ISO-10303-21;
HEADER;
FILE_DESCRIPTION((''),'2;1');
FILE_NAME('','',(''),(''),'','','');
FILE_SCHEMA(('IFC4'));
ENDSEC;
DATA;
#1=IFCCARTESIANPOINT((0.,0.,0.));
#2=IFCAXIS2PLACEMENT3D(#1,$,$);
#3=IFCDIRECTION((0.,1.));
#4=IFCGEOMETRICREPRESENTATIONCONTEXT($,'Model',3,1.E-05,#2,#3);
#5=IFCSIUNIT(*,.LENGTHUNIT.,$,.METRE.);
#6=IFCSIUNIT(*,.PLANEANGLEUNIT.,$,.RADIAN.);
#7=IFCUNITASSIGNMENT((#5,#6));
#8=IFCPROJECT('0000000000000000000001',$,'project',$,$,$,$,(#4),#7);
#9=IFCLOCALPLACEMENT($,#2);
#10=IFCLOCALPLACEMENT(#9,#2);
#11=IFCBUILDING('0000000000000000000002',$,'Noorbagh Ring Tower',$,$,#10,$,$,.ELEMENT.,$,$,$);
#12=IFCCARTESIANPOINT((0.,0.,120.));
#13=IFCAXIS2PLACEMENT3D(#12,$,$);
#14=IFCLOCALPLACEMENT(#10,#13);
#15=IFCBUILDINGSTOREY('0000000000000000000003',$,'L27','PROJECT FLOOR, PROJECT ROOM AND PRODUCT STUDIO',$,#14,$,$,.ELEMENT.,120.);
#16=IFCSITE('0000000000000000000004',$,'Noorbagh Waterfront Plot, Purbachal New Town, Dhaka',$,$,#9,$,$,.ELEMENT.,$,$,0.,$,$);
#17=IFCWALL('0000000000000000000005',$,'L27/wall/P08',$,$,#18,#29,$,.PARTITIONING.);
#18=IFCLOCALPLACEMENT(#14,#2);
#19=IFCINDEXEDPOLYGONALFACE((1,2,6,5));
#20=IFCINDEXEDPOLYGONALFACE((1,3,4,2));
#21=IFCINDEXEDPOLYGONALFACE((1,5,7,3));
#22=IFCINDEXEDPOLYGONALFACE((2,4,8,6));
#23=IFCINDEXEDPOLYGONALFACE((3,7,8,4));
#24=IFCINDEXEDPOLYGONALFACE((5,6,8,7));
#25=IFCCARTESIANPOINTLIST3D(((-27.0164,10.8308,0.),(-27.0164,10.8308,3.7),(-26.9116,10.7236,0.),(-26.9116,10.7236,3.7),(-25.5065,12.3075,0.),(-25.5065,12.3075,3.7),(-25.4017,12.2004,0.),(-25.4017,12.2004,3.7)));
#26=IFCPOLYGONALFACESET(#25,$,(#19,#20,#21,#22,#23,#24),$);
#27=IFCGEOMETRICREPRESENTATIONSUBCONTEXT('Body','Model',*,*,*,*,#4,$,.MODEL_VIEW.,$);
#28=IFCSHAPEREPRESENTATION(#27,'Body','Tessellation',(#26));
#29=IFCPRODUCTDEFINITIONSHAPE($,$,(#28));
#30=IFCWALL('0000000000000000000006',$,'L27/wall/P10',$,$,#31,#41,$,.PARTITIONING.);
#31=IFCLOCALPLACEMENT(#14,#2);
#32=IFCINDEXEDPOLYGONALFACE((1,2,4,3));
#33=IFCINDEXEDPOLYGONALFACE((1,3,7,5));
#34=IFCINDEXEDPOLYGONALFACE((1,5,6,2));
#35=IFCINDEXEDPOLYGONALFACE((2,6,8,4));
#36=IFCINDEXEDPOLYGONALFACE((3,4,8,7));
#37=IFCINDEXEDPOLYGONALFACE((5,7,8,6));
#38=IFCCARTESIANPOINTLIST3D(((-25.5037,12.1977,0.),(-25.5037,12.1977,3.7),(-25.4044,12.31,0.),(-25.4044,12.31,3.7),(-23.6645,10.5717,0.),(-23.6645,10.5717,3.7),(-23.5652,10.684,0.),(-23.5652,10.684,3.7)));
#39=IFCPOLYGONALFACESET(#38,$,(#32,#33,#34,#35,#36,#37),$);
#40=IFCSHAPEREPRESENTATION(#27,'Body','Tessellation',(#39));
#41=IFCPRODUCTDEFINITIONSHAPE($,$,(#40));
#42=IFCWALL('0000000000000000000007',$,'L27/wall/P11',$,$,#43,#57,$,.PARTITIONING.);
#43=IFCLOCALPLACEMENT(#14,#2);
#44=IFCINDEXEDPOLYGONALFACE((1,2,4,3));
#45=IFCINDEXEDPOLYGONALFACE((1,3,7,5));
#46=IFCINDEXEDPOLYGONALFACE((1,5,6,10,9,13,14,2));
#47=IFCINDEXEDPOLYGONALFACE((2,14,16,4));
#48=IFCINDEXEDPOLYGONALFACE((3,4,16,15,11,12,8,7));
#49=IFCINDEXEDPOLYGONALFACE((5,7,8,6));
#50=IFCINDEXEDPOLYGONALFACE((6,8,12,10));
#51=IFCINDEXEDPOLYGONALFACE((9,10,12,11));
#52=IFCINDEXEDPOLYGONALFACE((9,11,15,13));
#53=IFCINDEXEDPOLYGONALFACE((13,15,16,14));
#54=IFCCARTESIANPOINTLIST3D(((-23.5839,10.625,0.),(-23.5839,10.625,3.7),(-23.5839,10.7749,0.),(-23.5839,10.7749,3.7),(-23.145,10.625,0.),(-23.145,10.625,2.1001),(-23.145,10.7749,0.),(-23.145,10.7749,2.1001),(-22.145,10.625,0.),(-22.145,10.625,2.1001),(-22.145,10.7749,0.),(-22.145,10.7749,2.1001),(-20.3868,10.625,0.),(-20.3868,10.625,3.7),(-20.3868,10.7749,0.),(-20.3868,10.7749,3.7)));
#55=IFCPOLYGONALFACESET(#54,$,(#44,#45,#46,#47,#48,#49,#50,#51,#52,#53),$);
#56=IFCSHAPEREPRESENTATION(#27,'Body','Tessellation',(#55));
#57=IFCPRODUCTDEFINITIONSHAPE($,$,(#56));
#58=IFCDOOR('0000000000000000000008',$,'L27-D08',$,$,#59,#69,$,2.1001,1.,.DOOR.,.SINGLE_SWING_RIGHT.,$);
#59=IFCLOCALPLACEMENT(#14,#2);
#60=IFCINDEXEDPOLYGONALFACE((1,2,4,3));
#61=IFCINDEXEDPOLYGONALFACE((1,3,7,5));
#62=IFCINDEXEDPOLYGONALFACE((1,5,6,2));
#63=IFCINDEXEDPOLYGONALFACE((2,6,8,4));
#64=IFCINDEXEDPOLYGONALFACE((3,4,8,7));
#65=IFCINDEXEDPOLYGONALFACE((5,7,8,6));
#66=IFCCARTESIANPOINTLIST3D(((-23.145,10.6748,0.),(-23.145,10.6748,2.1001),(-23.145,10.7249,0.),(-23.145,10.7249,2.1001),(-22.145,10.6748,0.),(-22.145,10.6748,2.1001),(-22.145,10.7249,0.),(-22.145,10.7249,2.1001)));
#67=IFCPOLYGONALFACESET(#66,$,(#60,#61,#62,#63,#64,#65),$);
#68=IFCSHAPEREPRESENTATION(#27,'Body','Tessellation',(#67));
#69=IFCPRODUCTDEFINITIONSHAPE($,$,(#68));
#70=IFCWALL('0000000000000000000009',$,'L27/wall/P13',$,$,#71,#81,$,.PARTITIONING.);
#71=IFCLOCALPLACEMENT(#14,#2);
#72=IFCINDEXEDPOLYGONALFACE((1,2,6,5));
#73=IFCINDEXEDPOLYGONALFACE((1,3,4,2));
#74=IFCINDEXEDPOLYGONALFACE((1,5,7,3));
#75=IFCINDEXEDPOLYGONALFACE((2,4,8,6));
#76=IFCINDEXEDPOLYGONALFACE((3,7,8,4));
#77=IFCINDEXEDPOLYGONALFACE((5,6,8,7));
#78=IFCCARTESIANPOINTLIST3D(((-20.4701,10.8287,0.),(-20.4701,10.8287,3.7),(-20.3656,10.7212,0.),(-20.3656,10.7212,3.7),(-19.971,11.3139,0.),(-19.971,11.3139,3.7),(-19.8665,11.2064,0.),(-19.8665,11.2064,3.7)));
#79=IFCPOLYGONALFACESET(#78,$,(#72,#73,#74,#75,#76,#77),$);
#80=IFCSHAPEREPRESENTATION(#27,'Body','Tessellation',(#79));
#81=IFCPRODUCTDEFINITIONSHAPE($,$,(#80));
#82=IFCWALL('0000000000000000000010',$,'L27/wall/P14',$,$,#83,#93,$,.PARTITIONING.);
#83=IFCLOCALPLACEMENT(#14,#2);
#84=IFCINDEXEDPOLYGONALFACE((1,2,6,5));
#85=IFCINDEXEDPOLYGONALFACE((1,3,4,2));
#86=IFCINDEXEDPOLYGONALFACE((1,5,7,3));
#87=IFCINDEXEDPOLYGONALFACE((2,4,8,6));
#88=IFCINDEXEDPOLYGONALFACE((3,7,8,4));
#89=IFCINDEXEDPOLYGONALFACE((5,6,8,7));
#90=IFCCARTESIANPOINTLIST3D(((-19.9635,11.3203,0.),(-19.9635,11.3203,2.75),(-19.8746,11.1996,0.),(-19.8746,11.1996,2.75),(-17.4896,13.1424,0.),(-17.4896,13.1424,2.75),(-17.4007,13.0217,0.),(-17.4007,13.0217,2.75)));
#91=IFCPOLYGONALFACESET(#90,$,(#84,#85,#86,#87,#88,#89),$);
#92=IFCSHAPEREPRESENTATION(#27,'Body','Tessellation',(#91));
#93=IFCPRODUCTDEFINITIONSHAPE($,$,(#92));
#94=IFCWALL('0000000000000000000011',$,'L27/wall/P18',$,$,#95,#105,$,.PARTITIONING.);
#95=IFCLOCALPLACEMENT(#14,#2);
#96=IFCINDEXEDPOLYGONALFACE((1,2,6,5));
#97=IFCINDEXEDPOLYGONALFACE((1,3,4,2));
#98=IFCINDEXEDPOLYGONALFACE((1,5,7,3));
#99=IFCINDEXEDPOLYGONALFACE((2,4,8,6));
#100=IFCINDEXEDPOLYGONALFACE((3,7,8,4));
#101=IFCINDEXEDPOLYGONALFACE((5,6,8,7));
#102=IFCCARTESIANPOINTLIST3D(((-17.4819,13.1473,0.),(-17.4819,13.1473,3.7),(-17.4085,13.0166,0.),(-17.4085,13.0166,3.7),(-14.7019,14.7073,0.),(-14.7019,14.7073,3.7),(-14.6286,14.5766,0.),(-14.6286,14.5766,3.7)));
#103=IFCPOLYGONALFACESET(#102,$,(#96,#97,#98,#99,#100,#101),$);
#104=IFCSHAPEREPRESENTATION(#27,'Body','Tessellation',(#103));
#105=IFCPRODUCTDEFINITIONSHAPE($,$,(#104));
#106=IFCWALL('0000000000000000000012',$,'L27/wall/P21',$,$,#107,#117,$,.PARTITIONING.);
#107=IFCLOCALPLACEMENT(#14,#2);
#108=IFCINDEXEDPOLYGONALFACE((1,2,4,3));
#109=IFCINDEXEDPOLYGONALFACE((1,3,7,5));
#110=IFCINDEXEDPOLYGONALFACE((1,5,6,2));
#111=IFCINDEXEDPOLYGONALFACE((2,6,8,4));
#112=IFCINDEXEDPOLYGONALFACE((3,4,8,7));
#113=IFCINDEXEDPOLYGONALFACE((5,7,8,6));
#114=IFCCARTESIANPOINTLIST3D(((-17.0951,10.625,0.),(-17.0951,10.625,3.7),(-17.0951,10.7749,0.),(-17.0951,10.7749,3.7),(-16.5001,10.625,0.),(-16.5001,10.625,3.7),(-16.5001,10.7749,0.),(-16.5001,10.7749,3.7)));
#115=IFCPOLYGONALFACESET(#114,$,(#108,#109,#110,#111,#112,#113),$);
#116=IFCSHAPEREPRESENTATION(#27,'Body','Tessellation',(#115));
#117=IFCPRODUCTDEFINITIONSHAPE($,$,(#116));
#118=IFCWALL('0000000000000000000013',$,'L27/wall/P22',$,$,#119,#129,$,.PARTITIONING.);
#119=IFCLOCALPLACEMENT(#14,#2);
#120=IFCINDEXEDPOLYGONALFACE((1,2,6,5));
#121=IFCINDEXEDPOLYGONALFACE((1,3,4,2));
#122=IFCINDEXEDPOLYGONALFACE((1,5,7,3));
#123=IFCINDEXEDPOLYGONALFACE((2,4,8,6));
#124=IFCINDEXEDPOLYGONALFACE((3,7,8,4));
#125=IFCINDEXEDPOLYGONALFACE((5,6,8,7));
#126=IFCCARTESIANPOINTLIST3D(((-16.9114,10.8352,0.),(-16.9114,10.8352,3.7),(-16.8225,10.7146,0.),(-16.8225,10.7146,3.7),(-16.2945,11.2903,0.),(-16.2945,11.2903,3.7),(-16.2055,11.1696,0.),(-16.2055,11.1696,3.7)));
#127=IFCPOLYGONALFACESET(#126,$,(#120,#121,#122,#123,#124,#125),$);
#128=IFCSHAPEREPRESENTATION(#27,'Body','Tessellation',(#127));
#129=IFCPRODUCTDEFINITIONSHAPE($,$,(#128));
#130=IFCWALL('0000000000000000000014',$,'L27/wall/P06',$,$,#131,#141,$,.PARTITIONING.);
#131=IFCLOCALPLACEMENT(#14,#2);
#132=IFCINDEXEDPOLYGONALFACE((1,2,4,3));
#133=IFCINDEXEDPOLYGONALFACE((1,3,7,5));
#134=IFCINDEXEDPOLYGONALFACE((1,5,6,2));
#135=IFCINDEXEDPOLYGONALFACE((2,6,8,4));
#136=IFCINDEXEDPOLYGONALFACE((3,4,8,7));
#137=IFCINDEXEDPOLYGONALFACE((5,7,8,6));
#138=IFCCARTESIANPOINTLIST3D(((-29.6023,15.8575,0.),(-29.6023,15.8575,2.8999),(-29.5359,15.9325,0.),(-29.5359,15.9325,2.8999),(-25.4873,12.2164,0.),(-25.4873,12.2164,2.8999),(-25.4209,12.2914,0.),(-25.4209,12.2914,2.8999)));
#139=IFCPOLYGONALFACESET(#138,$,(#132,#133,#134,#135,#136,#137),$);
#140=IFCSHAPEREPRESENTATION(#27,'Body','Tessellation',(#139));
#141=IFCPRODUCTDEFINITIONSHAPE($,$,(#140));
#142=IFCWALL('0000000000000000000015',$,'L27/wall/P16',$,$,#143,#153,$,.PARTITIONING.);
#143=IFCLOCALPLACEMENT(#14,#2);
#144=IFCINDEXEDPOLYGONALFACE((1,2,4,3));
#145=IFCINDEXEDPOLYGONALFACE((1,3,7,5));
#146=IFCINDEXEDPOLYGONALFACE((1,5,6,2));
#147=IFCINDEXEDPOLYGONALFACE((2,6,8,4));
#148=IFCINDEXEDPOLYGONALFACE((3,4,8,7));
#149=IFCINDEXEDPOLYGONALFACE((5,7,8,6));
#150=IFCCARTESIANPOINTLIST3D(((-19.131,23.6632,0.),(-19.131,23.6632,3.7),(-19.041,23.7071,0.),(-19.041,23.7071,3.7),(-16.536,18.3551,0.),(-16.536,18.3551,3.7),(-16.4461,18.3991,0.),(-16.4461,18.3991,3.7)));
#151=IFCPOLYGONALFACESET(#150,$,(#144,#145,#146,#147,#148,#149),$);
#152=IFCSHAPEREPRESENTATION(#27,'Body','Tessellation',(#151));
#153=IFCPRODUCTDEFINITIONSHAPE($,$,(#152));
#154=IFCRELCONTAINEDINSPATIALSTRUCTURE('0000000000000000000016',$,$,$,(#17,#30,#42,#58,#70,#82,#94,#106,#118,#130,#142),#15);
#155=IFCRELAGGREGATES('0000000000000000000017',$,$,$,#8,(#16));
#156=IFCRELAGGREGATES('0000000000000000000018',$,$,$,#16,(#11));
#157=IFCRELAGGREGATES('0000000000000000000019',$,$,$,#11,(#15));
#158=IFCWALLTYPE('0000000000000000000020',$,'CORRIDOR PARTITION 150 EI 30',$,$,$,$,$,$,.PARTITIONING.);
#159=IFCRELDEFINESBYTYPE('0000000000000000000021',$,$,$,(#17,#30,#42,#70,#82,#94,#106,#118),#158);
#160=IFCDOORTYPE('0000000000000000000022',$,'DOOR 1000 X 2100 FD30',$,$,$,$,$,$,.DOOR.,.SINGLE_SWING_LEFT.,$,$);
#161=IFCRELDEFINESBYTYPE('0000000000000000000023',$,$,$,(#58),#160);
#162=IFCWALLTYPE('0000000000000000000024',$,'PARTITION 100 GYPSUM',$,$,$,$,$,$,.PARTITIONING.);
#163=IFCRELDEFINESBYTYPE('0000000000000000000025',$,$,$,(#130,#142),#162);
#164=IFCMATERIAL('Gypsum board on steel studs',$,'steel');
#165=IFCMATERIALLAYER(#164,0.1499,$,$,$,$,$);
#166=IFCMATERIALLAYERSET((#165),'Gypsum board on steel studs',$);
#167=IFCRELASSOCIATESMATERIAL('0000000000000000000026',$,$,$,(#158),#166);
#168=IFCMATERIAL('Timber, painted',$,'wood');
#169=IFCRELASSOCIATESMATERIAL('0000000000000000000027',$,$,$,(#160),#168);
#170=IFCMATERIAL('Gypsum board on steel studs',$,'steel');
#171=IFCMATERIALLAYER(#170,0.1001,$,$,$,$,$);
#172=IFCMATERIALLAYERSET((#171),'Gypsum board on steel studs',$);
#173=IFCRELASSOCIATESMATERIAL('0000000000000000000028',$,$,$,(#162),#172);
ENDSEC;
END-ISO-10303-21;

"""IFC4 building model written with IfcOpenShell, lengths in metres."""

from ifc_helpers import new_model, si_unit, direction, frame, frame_2d, origin, place, context, subcontext, project, spatial, rectangle, extrude, material, layer, layer_set, type_object, element, fill, save


model = new_model("IFC4")

# Units and contexts
model_context = context("Model", 3, precision=1e-05, world=origin(), true_north=direction((0.0, 1.0)))
body_context = subcontext(model_context, "Body", "Model", "MODEL_VIEW")
ifc_project = project(units=[si_unit("LENGTHUNIT", "METRE"), si_unit("PLANEANGLEUNIT", "RADIAN")], contexts=[model_context])

# Site, building, storey
site_placement = place(None, origin())
site = spatial("IfcSite", under=ifc_project, at=site_placement, Name="Noorbagh Waterfront Plot, Purbachal New Town, Dhaka", CompositionType="ELEMENT", RefElevation=0.0)
building_placement = place(site_placement, origin())
building = spatial("IfcBuilding", under=site, at=building_placement, Name="Noorbagh Ring Tower", CompositionType="ELEMENT")
storey_placement = place(building_placement, frame((0.0, 0.0, 120.0)))
storey = spatial("IfcBuildingStorey", under=building, at=storey_placement, Name="L27", Description="PROJECT FLOOR, PROJECT ROOM AND PRODUCT STUDIO", CompositionType="ELEMENT", Elevation=120.0)

# Walls
ifc_material_1 = material(Name="Gypsum board on steel studs", Category="steel")
ifc_layer_1 = layer(ifc_material_1, 0.1499)
ifc_layer_set_1 = layer_set([ifc_layer_1], Name="Gypsum board on steel studs")
wall_type_1 = type_object("IfcWallType", Name="CORRIDOR PARTITION 150 EI 30", PredefinedType="PARTITIONING", material=ifc_layer_set_1)
wall_1_placement = place(storey_placement, frame((-26.9641, 10.7771, 0.0), z_axis=(0.0, 0.0, 1.0), x_axis=(0.714923, 0.699203, 0.0)))
element("IfcWall", 1, at=wall_1_placement, inside=storey, type_object=wall_type_1, Name="L27/wall/P08", PredefinedType="PARTITIONING", context=body_context, shape_type="SweptSolid", body=[
    extrude(rectangle(XDim=2.1121, YDim=0.1499, at=frame_2d((1.0562, 0.0))), origin(), (0.0, 0.0, 1.0), 3.7),
])
wall_2_placement = place(storey_placement, frame((-25.4541, 12.2539, 0.0), z_axis=(0.0, 0.0, 1.0), x_axis=(0.749184, -0.662361, 0.0)))
element("IfcWall", 2, at=wall_2_placement, inside=storey, type_object=wall_type_1, Name="L27/wall/P10", PredefinedType="PARTITIONING", context=body_context, shape_type="SweptSolid", body=[
    extrude(rectangle(XDim=2.4548, YDim=0.1499, at=frame_2d((1.2275, 0.0))), origin(), (0.0, 0.0, 1.0), 3.7),
])

# Wall, opening, door
wall_3_placement = place(storey_placement, frame((-23.584, 10.7, 0.0), z_axis=(0.0, 0.0, 1.0), x_axis=(1.0, 0.0, 0.0)))
wall_3 = element("IfcWall", 3, at=wall_3_placement, inside=storey, type_object=wall_type_1, Name="L27/wall/P11", PredefinedType="PARTITIONING", context=body_context, shape_type="SweptSolid", body=[
    extrude(rectangle(XDim=3.197, YDim=0.1499, at=frame_2d((1.5986, 0.0))), origin(), (0.0, 0.0, 1.0), 3.7),
])
opening_placement = place(wall_3_placement, frame((0.439, 0.0, 0.0)))
opening = element("IfcOpeningElement", 4, at=opening_placement, cuts=wall_3, PredefinedType="OPENING", context=body_context, shape_type="SweptSolid", body=[
    extrude(rectangle(XDim=1.0, YDim=2.1001, at=frame_2d((0.5, 1.05))), frame((0.0, 0.085, 0.0), z_axis=(0.0, -1.0, 0.0), x_axis=(1.0, 0.0, 0.0)), (0.0, 0.0, 1.0), 0.1699),
])
ifc_material_2 = material(Name="Timber, painted", Category="wood")
door_type = type_object("IfcDoorType", Name="DOOR 1000 X 2100 FD30", OperationType="SINGLE_SWING_LEFT", PredefinedType="DOOR", material=ifc_material_2)
door_placement = place(opening_placement, origin())
door = element("IfcDoor", 5, at=door_placement, inside=storey, type_object=door_type, Name="L27-D08", OperationType="SINGLE_SWING_RIGHT", OverallHeight=2.1001, OverallWidth=1.0, PredefinedType="DOOR", context=body_context, shape_type="SweptSolid", body=[
    extrude(rectangle(XDim=1.0, YDim=2.1001, at=frame_2d((0.5, 1.05))), frame((0.0, 0.0249, 0.0), z_axis=(0.0, -1.0, 0.0), x_axis=(1.0, 0.0, 0.0)), (0.0, 0.0, 1.0), 0.05),
])
fill(opening, door)

# Walls
wall_4_placement = place(storey_placement, frame((-20.418, 10.7749, 0.0), z_axis=(0.0, 0.0, 1.0), x_axis=(0.717034, 0.697038, 0.0)))
element("IfcWall", 6, at=wall_4_placement, inside=storey, type_object=wall_type_1, Name="L27/wall/P13", PredefinedType="PARTITIONING", context=body_context, shape_type="SweptSolid", body=[
    extrude(rectangle(XDim=0.696, YDim=0.1499, at=frame_2d((0.3481, 0.0))), origin(), (0.0, 0.0, 1.0), 3.7),
])
wall_5_placement = place(storey_placement, frame((-19.9189, 11.26, 0.0), z_axis=(0.0, 0.0, 1.0), x_axis=(0.805186, 0.593023, 0.0)))
element("IfcWall", 7, at=wall_5_placement, inside=storey, type_object=wall_type_1, Name="L27/wall/P14", PredefinedType="PARTITIONING", context=body_context, shape_type="SweptSolid", body=[
    extrude(rectangle(XDim=3.0725, YDim=0.1499, at=frame_2d((1.5361, 0.0))), origin(), (0.0, 0.0, 1.0), 2.75),
])
wall_6_placement = place(storey_placement, frame((-17.4451, 13.082, 0.0), z_axis=(0.0, 0.0, 1.0), x_axis=(0.872072, 0.489377, 0.0)))
element("IfcWall", 8, at=wall_6_placement, inside=storey, type_object=wall_type_1, Name="L27/wall/P18", PredefinedType="PARTITIONING", context=body_context, shape_type="SweptSolid", body=[
    extrude(rectangle(XDim=3.1877, YDim=0.1499, at=frame_2d((1.5938, 0.0))), origin(), (0.0, 0.0, 1.0), 3.7),
])
wall_7_placement = place(storey_placement, frame((-17.095, 10.7, 0.0), z_axis=(0.0, 0.0, 1.0), x_axis=(1.0, 0.0, 0.0)))
element("IfcWall", 9, at=wall_7_placement, inside=storey, type_object=wall_type_1, Name="L27/wall/P21", PredefinedType="PARTITIONING", context=body_context, shape_type="SweptSolid", body=[
    extrude(rectangle(XDim=0.595, YDim=0.1499, at=frame_2d((0.2974, 0.0))), origin(), (0.0, 0.0, 1.0), 3.7),
])
wall_8_placement = place(storey_placement, frame((-16.8669, 10.7749, 0.0), z_axis=(0.0, 0.0, 1.0), x_axis=(0.804752, 0.593612, 0.0)))
element("IfcWall", 10, at=wall_8_placement, inside=storey, type_object=wall_type_1, Name="L27/wall/P22", PredefinedType="PARTITIONING", context=body_context, shape_type="SweptSolid", body=[
    extrude(rectangle(XDim=0.7666, YDim=0.1499, at=frame_2d((0.3833, 0.0))), origin(), (0.0, 0.0, 1.0), 3.7),
])
ifc_material_3 = material(Name="Gypsum board on steel studs", Category="steel")
ifc_layer_2 = layer(ifc_material_3, 0.1001)
ifc_layer_set_2 = layer_set([ifc_layer_2], Name="Gypsum board on steel studs")
wall_type_2 = type_object("IfcWallType", Name="PARTITION 100 GYPSUM", PredefinedType="PARTITIONING", material=ifc_layer_set_2)
wall_9_placement = place(storey_placement, frame((-29.5691, 15.895, 0.0), z_axis=(0.0, 0.0, 1.0), x_axis=(0.748913, -0.662669, 0.0)))
element("IfcWall", 11, at=wall_9_placement, inside=storey, type_object=wall_type_2, Name="L27/wall/P06", PredefinedType="PARTITIONING", context=body_context, shape_type="SweptSolid", body=[
    extrude(rectangle(XDim=5.4946, YDim=0.1001, at=frame_2d((2.7473, 0.0))), origin(), (0.0, 0.0, 1.0), 2.8999),
])
wall_10_placement = place(storey_placement, frame((-19.0859, 23.6851, 0.0), z_axis=(0.0, 0.0, 1.0), x_axis=(0.439196, -0.898391, 0.0)))
element("IfcWall", 12, at=wall_10_placement, inside=storey, type_object=wall_type_2, Name="L27/wall/P16", PredefinedType="PARTITIONING", context=body_context, shape_type="SweptSolid", body=[
    extrude(rectangle(XDim=5.9084, YDim=0.1001, at=frame_2d((2.9541, 0.0))), origin(), (0.0, 0.0, 1.0), 3.7),
])

save(model, "model.ifc")
